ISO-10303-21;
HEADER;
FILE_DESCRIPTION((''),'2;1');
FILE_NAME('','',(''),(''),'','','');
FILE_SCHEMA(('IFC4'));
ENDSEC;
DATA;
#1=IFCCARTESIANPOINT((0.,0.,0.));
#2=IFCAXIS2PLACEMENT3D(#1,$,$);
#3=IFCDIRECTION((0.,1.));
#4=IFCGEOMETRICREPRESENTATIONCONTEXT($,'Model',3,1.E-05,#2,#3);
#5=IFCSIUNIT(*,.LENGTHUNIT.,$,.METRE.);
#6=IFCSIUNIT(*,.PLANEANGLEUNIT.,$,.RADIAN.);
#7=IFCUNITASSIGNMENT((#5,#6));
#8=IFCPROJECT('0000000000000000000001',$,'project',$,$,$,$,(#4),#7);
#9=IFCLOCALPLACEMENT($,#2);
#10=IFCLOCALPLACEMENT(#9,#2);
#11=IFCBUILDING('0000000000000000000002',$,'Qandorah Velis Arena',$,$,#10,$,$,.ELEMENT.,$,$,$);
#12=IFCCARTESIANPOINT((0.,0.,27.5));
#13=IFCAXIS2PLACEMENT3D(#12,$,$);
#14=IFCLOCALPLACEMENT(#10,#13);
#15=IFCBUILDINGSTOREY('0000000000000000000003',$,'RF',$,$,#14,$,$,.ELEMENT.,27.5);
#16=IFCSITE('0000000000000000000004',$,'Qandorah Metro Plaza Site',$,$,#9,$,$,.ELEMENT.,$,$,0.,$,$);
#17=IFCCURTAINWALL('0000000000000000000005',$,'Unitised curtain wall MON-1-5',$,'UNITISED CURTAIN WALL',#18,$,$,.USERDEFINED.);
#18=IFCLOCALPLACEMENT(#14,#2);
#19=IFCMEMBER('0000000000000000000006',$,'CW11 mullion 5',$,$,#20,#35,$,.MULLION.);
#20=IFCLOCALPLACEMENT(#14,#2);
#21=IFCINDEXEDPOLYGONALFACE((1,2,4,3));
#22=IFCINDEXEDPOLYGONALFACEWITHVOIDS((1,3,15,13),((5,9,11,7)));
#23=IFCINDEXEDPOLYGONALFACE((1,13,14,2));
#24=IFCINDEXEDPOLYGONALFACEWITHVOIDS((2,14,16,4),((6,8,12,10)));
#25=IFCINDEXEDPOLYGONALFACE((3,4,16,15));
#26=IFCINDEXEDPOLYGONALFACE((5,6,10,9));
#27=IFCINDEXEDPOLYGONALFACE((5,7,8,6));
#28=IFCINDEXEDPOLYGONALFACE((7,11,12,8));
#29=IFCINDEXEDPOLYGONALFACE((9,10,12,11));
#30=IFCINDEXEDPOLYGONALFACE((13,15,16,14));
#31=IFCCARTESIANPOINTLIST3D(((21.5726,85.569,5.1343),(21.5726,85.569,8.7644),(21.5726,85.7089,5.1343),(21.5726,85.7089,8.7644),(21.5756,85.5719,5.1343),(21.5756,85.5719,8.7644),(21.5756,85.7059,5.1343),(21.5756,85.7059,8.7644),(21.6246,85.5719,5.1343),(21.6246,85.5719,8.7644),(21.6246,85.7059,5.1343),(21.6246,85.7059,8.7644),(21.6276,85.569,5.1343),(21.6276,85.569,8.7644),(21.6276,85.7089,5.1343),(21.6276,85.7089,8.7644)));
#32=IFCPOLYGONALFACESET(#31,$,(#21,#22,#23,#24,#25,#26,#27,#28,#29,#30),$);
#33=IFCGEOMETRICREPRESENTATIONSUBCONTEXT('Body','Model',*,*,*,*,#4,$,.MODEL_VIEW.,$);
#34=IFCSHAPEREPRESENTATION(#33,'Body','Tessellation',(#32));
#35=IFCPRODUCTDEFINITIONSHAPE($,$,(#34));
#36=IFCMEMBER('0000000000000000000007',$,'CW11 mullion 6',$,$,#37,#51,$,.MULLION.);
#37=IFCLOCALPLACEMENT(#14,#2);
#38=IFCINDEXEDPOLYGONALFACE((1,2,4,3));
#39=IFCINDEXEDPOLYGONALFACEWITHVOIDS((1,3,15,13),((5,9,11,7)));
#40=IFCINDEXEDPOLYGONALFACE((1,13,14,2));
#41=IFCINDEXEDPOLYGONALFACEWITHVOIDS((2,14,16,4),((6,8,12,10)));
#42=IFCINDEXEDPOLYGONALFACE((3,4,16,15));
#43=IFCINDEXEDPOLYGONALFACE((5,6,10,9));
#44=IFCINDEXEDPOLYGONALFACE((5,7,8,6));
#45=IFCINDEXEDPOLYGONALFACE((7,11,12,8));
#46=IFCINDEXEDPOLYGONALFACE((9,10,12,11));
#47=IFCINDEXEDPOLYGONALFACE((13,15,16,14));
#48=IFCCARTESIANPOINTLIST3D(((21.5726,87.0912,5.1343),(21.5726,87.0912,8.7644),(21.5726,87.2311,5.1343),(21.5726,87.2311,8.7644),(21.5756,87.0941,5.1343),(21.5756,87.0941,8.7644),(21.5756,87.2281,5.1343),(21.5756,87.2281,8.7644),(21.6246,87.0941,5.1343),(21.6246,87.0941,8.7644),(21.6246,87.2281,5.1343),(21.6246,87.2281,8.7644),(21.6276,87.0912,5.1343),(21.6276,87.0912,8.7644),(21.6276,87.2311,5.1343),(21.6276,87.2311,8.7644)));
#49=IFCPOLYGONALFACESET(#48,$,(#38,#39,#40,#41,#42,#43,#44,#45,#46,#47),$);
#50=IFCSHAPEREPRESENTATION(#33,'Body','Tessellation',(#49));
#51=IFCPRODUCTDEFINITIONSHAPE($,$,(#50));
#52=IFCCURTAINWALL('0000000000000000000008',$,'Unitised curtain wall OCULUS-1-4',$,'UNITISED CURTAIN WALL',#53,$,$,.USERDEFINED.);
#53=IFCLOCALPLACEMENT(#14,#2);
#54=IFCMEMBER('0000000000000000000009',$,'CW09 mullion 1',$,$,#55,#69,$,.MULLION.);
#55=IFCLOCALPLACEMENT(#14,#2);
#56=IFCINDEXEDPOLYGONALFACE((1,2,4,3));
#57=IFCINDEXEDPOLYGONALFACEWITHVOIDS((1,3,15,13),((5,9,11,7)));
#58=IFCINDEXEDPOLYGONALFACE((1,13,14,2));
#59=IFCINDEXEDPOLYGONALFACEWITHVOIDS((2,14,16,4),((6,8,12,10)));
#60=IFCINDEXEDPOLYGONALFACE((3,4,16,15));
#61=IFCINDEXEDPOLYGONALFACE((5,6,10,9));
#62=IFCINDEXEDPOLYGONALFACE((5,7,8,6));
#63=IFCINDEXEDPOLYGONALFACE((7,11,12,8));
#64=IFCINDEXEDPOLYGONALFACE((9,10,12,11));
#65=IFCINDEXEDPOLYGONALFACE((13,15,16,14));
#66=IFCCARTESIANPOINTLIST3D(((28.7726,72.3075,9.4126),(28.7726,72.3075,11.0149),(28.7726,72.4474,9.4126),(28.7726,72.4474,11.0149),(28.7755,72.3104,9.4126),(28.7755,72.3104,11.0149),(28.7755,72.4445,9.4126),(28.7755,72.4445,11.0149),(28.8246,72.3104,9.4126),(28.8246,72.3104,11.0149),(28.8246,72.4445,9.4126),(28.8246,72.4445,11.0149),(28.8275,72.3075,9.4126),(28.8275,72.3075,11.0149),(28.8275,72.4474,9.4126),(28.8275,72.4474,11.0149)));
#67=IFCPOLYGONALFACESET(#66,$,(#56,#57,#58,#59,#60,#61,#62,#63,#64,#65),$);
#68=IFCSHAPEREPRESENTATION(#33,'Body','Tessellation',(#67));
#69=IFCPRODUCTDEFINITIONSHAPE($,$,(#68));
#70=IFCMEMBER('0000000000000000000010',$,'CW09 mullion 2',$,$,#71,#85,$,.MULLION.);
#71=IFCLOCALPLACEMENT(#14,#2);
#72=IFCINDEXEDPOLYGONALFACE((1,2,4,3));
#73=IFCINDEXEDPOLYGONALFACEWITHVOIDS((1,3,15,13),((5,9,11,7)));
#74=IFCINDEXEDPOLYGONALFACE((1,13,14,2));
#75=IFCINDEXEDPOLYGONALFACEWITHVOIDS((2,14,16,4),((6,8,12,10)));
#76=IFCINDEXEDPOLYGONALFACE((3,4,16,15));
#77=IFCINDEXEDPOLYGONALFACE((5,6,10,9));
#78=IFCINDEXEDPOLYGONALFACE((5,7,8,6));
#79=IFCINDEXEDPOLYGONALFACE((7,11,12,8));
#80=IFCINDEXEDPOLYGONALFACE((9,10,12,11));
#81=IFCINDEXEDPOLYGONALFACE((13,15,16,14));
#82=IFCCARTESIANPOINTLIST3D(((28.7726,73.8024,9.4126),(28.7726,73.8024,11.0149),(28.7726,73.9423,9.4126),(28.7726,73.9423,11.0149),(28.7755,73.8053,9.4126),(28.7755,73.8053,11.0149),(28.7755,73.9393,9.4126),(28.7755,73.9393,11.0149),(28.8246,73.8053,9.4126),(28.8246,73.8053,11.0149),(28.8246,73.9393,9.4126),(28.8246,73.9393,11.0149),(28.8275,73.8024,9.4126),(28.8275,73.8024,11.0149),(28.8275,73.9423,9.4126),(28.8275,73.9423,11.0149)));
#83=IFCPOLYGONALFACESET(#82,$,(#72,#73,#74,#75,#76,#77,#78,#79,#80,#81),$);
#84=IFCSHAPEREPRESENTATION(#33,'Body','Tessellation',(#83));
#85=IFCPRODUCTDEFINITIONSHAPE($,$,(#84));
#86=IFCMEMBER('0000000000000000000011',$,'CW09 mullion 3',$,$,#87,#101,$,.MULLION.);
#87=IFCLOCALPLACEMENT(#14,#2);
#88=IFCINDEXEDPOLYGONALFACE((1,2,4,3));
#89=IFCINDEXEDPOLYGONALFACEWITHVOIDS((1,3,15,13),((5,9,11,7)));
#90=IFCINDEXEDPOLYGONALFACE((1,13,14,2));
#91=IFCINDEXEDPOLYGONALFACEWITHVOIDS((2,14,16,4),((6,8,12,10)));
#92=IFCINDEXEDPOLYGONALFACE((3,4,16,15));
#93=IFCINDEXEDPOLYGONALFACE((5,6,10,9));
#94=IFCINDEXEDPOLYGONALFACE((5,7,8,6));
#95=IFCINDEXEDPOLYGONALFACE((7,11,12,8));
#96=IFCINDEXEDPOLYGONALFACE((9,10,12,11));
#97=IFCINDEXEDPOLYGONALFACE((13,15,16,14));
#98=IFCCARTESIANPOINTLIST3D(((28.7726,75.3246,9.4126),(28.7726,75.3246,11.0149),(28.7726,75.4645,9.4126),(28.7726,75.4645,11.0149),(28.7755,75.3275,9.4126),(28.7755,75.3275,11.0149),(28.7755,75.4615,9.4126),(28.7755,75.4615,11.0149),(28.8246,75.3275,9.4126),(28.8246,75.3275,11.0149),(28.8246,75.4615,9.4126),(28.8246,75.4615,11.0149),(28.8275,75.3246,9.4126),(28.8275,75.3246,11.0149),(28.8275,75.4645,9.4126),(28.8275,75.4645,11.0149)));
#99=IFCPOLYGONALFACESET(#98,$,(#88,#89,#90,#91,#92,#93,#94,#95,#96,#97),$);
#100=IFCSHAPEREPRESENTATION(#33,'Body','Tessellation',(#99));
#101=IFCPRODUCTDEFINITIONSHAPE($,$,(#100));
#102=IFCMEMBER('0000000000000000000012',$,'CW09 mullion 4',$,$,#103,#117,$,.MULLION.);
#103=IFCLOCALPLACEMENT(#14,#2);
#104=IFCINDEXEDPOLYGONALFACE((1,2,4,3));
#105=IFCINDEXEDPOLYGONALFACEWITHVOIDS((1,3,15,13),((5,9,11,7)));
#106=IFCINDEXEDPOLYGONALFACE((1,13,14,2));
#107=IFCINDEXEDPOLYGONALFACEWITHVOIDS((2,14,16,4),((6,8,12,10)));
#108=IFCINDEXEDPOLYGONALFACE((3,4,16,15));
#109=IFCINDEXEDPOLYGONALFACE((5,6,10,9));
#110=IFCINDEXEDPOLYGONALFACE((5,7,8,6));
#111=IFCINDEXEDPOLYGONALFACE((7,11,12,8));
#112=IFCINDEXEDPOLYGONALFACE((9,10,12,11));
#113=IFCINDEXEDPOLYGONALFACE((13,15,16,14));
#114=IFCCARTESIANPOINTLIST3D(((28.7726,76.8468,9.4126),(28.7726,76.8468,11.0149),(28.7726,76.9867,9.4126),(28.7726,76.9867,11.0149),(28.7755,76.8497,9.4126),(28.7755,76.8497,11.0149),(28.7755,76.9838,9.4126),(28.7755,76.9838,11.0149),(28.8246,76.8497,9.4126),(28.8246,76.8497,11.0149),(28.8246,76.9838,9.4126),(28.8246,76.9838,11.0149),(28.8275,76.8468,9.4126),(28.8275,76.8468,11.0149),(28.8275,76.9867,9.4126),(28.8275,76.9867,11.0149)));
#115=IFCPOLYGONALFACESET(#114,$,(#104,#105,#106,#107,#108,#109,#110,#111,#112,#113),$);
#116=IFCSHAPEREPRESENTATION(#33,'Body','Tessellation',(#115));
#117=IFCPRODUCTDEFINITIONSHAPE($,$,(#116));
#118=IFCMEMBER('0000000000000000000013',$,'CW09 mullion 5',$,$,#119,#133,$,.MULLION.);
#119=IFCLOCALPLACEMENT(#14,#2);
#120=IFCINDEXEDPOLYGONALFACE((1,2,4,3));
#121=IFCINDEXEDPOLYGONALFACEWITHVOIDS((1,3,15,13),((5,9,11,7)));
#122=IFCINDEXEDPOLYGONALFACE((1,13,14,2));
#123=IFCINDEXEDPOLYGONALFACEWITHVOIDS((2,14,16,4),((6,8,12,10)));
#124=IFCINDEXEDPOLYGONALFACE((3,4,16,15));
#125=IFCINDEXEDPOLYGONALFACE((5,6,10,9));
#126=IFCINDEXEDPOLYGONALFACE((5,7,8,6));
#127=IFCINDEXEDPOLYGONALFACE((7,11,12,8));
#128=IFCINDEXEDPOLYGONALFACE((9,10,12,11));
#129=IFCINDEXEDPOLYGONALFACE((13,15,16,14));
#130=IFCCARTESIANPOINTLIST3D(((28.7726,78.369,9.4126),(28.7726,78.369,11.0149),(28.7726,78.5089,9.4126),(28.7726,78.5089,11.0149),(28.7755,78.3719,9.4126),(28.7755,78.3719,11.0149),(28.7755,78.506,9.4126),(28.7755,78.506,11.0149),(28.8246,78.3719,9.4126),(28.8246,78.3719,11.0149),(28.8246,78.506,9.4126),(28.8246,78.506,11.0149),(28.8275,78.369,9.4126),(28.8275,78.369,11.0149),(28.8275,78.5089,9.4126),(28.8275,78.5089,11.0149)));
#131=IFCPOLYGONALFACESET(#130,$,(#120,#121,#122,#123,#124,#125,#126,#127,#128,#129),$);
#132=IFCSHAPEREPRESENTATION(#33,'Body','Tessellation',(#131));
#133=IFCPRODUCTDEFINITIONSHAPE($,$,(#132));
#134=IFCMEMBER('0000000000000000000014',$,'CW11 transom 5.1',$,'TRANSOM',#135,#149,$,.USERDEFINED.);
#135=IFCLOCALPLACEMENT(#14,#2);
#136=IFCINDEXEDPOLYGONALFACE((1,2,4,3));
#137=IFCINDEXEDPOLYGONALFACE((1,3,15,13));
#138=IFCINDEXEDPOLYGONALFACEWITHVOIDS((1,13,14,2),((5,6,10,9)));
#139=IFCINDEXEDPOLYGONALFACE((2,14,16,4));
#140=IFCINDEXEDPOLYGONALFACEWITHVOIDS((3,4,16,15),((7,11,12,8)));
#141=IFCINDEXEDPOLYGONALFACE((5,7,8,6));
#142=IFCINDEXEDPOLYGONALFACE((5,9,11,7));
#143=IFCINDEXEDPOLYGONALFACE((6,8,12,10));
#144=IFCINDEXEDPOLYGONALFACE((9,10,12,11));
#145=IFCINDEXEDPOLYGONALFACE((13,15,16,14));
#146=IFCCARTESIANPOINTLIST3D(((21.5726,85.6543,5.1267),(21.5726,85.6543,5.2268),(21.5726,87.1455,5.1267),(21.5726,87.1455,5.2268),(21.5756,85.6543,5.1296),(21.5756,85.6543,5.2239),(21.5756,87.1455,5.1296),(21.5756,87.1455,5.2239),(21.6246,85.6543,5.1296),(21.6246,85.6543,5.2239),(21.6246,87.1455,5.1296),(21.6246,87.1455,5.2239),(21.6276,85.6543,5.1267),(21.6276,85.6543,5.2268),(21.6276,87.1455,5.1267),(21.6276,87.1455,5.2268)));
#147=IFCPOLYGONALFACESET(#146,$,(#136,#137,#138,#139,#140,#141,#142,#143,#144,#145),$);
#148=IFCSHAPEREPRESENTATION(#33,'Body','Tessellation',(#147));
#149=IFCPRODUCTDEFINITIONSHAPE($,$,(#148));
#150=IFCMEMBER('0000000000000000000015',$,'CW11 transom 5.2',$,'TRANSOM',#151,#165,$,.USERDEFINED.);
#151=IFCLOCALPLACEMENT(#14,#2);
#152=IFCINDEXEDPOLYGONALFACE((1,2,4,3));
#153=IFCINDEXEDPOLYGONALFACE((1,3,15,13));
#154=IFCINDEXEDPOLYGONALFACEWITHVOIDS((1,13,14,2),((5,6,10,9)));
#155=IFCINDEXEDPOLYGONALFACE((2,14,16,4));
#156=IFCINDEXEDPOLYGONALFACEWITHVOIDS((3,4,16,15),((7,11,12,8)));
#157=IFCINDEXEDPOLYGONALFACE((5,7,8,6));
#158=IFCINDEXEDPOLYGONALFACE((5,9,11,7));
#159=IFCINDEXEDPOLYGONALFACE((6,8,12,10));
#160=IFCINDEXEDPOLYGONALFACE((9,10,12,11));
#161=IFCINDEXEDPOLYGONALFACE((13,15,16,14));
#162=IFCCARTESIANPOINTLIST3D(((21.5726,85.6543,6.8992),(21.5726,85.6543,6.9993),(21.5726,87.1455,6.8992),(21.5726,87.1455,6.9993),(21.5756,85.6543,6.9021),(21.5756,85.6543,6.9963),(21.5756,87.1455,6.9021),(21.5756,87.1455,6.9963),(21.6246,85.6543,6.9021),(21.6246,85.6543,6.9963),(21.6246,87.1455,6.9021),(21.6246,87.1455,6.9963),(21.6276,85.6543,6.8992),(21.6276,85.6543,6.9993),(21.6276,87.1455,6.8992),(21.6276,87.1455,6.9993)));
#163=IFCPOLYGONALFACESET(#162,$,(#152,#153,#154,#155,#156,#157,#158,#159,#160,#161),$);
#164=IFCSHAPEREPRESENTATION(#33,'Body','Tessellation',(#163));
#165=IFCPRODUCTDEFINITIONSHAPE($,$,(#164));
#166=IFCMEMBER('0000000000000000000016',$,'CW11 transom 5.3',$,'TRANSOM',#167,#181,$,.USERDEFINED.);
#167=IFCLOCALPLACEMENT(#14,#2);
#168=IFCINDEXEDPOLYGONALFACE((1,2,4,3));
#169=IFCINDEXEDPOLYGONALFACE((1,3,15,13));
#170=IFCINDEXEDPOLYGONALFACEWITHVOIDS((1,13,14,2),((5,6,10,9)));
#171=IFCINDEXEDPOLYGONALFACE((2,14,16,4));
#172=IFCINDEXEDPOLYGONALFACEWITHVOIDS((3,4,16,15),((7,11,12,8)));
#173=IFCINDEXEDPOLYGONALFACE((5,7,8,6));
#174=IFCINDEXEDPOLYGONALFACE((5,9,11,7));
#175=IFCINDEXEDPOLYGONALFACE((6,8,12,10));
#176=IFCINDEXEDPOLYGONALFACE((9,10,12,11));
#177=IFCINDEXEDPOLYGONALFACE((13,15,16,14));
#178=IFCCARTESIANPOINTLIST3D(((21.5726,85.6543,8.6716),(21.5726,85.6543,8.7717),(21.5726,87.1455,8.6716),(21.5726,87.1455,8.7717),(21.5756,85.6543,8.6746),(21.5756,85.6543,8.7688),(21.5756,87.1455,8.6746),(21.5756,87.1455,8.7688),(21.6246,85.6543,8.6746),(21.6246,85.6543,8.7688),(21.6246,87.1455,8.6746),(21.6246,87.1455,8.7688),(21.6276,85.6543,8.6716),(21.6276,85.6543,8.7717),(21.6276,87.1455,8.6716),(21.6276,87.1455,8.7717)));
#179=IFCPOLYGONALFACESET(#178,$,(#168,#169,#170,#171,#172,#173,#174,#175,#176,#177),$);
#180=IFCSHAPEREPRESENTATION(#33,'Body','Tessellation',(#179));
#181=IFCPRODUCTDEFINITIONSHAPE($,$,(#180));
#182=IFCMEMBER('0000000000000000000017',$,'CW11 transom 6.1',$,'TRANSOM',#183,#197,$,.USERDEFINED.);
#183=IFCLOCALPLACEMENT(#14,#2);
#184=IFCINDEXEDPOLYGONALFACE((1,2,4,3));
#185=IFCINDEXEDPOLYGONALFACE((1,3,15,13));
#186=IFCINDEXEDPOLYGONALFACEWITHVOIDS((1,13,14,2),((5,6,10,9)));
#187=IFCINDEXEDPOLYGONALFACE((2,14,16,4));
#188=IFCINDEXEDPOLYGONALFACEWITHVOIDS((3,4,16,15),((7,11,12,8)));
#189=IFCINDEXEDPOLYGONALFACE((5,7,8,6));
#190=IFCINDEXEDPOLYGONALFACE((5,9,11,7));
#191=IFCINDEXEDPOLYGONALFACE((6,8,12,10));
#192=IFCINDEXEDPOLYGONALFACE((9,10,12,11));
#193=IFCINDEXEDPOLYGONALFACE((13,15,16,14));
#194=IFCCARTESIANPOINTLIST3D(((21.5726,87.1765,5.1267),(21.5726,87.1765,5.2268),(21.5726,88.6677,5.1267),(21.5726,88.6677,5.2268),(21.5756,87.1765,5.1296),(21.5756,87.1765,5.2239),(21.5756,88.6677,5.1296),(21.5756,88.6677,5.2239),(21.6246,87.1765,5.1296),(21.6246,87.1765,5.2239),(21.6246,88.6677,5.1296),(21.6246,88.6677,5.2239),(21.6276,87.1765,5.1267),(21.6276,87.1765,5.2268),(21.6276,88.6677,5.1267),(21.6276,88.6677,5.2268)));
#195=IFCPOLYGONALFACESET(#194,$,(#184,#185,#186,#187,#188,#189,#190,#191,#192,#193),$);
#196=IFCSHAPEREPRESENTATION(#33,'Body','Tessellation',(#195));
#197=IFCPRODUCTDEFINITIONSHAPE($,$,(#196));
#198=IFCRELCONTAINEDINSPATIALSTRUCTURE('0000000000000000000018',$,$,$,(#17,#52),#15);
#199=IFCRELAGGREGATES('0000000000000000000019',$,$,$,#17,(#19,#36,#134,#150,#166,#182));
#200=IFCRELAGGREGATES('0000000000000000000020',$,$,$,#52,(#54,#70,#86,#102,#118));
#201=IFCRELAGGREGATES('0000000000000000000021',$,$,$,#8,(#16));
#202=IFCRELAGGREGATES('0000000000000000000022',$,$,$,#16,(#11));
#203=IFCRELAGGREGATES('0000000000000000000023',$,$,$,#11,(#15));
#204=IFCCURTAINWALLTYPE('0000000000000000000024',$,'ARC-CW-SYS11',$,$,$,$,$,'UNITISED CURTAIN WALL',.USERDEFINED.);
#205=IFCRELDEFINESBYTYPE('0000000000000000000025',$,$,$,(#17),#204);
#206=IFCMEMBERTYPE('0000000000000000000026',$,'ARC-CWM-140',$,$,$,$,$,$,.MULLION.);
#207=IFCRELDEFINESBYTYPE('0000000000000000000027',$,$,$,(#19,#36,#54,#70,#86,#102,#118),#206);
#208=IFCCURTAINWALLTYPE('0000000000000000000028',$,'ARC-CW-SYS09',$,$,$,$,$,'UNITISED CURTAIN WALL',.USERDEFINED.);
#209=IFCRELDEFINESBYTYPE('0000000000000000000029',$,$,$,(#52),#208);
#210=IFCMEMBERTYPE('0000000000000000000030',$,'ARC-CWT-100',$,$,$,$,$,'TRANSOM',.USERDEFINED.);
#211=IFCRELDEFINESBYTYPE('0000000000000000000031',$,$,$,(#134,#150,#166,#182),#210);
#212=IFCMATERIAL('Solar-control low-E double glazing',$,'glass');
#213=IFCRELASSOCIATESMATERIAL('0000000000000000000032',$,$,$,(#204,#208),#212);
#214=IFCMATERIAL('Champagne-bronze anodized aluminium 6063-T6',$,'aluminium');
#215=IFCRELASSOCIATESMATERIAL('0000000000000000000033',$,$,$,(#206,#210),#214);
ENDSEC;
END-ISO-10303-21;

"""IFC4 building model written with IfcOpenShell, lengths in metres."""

from ifc_helpers import new_model, si_unit, direction, frame, origin, origin_2d, place, context, subcontext, project, spatial, hollow_rectangle, extrude, material, material_profile, profile_set, type_object, element, aggregate, save


model = new_model("IFC4")

# Units and contexts
model_context = context("Model", 3, precision=1e-05, world=origin(), true_north=direction((0.0, 1.0)))
body_context = subcontext(model_context, "Body", "Model", "MODEL_VIEW")
ifc_project = project(units=[si_unit("LENGTHUNIT", "METRE"), si_unit("PLANEANGLEUNIT", "RADIAN")], contexts=[model_context])

# Site, building, storey
site_placement = place(None, origin())
site = spatial("IfcSite", under=ifc_project, at=site_placement, Name="Qandorah Metro Plaza Site", CompositionType="ELEMENT", RefElevation=0.0)
building_placement = place(site_placement, origin())
building = spatial("IfcBuilding", under=site, at=building_placement, Name="Qandorah Velis Arena", CompositionType="ELEMENT")
storey_placement = place(building_placement, frame((0.0, 0.0, 27.5)))
storey = spatial("IfcBuildingStorey", under=building, at=storey_placement, Name="RF", CompositionType="ELEMENT", Elevation=27.5)

# Curtain walls, members
ifc_material_1 = material(Name="Solar-control low-E double glazing", Category="glass")
curtain_wall_type_1 = type_object("IfcCurtainWallType", Name="ARC-CW-SYS11", ElementType="UNITISED CURTAIN WALL", PredefinedType="USERDEFINED", material=ifc_material_1)
curtain_wall_1_placement = place(storey_placement, origin())
curtain_wall_1 = element("IfcCurtainWall", 1, at=curtain_wall_1_placement, inside=storey, type_object=curtain_wall_type_1, Name="Unitised curtain wall MON-1-5", ObjectType="UNITISED CURTAIN WALL", PredefinedType="USERDEFINED")
ifc_material_2 = material(Name="Champagne-bronze anodized aluminium 6063-T6", Category="aluminium")
ifc_material_profile_1 = material_profile(ifc_material_2, hollow_rectangle(XDim=0.0549, YDim=0.1399, WallThickness=0.0029, at=origin_2d()), Name="ALU MULLION 55x140")
ifc_profile_set_1 = profile_set([ifc_material_profile_1], Name="Champagne-bronze anodized aluminium 6063-T6")
member_type_1 = type_object("IfcMemberType", Name="ARC-CWM-140", PredefinedType="MULLION", material=ifc_profile_set_1)
member_1_placement = place(storey_placement, frame((21.6001, 85.6389, 5.1343), z_axis=(0.0, 0.0, 1.0), x_axis=(-1.0, 0.0, 0.0)))
member_1 = element("IfcMember", 2, at=member_1_placement, type_object=member_type_1, Name="CW11 mullion 5", PredefinedType="MULLION", context=body_context, shape_type="SweptSolid", body=[
    extrude(hollow_rectangle(XDim=0.0549, YDim=0.1399, WallThickness=0.0029, at=origin_2d()), origin(), (0.0, 0.0, 1.0), 3.6301),
])
member_2_placement = place(storey_placement, frame((21.6001, 87.1611, 5.1343), z_axis=(0.0, 0.0, 1.0), x_axis=(-1.0, 0.0, 0.0)))
member_2 = element("IfcMember", 3, at=member_2_placement, type_object=member_type_1, Name="CW11 mullion 6", PredefinedType="MULLION", context=body_context, shape_type="SweptSolid", body=[
    extrude(hollow_rectangle(XDim=0.0549, YDim=0.1399, WallThickness=0.0029, at=origin_2d()), origin(), (0.0, 0.0, 1.0), 3.6301),
])
curtain_wall_type_2 = type_object("IfcCurtainWallType", Name="ARC-CW-SYS09", ElementType="UNITISED CURTAIN WALL", PredefinedType="USERDEFINED", material=ifc_material_1)
curtain_wall_2_placement = place(storey_placement, origin())
curtain_wall_2 = element("IfcCurtainWall", 4, at=curtain_wall_2_placement, inside=storey, type_object=curtain_wall_type_2, Name="Unitised curtain wall OCULUS-1-4", ObjectType="UNITISED CURTAIN WALL", PredefinedType="USERDEFINED")
member_3_placement = place(storey_placement, frame((28.8, 72.3774, 9.4126), z_axis=(0.0, 0.0, 1.0), x_axis=(-1.0, 0.0, 0.0)))
member_3 = element("IfcMember", 5, at=member_3_placement, type_object=member_type_1, Name="CW09 mullion 1", PredefinedType="MULLION", context=body_context, shape_type="SweptSolid", body=[
    extrude(hollow_rectangle(XDim=0.0549, YDim=0.1399, WallThickness=0.0029, at=origin_2d()), origin(), (0.0, 0.0, 1.0), 1.6023),
])
member_4_placement = place(storey_placement, frame((28.8, 73.8723, 9.4126), z_axis=(0.0, 0.0, 1.0), x_axis=(-1.0, 0.0, 0.0)))
member_4 = element("IfcMember", 6, at=member_4_placement, type_object=member_type_1, Name="CW09 mullion 2", PredefinedType="MULLION", context=body_context, shape_type="SweptSolid", body=[
    extrude(hollow_rectangle(XDim=0.0549, YDim=0.1399, WallThickness=0.0029, at=origin_2d()), origin(), (0.0, 0.0, 1.0), 1.6023),
])
member_5_placement = place(storey_placement, frame((28.8, 75.3945, 9.4126), z_axis=(0.0, 0.0, 1.0), x_axis=(-1.0, 0.0, 0.0)))
member_5 = element("IfcMember", 7, at=member_5_placement, type_object=member_type_1, Name="CW09 mullion 3", PredefinedType="MULLION", context=body_context, shape_type="SweptSolid", body=[
    extrude(hollow_rectangle(XDim=0.0549, YDim=0.1399, WallThickness=0.0029, at=origin_2d()), origin(), (0.0, 0.0, 1.0), 1.6023),
])
member_6_placement = place(storey_placement, frame((28.8, 76.9167, 9.4126), z_axis=(0.0, 0.0, 1.0), x_axis=(-1.0, 0.0, 0.0)))
member_6 = element("IfcMember", 8, at=member_6_placement, type_object=member_type_1, Name="CW09 mullion 4", PredefinedType="MULLION", context=body_context, shape_type="SweptSolid", body=[
    extrude(hollow_rectangle(XDim=0.0549, YDim=0.1399, WallThickness=0.0029, at=origin_2d()), origin(), (0.0, 0.0, 1.0), 1.6023),
])
member_7_placement = place(storey_placement, frame((28.8, 78.439, 9.4126), z_axis=(0.0, 0.0, 1.0), x_axis=(-1.0, 0.0, 0.0)))
member_7 = element("IfcMember", 9, at=member_7_placement, type_object=member_type_1, Name="CW09 mullion 5", PredefinedType="MULLION", context=body_context, shape_type="SweptSolid", body=[
    extrude(hollow_rectangle(XDim=0.0549, YDim=0.1399, WallThickness=0.0029, at=origin_2d()), origin(), (0.0, 0.0, 1.0), 1.6023),
])

# Members
ifc_material_profile_2 = material_profile(ifc_material_2, hollow_rectangle(XDim=0.0549, YDim=0.1001, WallThickness=0.0029, at=origin_2d()), Name="ALU TRANSOM 55x100")
ifc_profile_set_2 = profile_set([ifc_material_profile_2], Name="Champagne-bronze anodized aluminium 6063-T6")
member_type_2 = type_object("IfcMemberType", Name="ARC-CWT-100", ElementType="TRANSOM", PredefinedType="USERDEFINED", material=ifc_profile_set_2)
member_8_placement = place(storey_placement, frame((21.6001, 85.6543, 5.1768), z_axis=(0.0, 1.0, 0.0), x_axis=(-1.0, 0.0, 0.0)))
member_8 = element("IfcMember", 10, at=member_8_placement, type_object=member_type_2, Name="CW11 transom 5.1", ObjectType="TRANSOM", PredefinedType="USERDEFINED", context=body_context, shape_type="SweptSolid", body=[
    extrude(hollow_rectangle(XDim=0.0549, YDim=0.1001, WallThickness=0.0029, at=origin_2d()), origin(), (0.0, 0.0, 1.0), 1.4912),
])
member_9_placement = place(storey_placement, frame((21.6001, 85.6543, 6.9492), z_axis=(0.0, 1.0, 0.0), x_axis=(-1.0, 0.0, 0.0)))
member_9 = element("IfcMember", 11, at=member_9_placement, type_object=member_type_2, Name="CW11 transom 5.2", ObjectType="TRANSOM", PredefinedType="USERDEFINED", context=body_context, shape_type="SweptSolid", body=[
    extrude(hollow_rectangle(XDim=0.0549, YDim=0.1001, WallThickness=0.0029, at=origin_2d()), origin(), (0.0, 0.0, 1.0), 1.4912),
])
member_10_placement = place(storey_placement, frame((21.6001, 85.6543, 8.7217), z_axis=(0.0, 1.0, 0.0), x_axis=(-1.0, 0.0, 0.0)))
member_10 = element("IfcMember", 12, at=member_10_placement, type_object=member_type_2, Name="CW11 transom 5.3", ObjectType="TRANSOM", PredefinedType="USERDEFINED", context=body_context, shape_type="SweptSolid", body=[
    extrude(hollow_rectangle(XDim=0.0549, YDim=0.1001, WallThickness=0.0029, at=origin_2d()), origin(), (0.0, 0.0, 1.0), 1.4912),
])
member_11_placement = place(storey_placement, frame((21.6001, 87.1765, 5.1768), z_axis=(0.0, 1.0, 0.0), x_axis=(-1.0, 0.0, 0.0)))
member_11 = element("IfcMember", 13, at=member_11_placement, type_object=member_type_2, Name="CW11 transom 6.1", ObjectType="TRANSOM", PredefinedType="USERDEFINED", context=body_context, shape_type="SweptSolid", body=[
    extrude(hollow_rectangle(XDim=0.0549, YDim=0.1001, WallThickness=0.0029, at=origin_2d()), origin(), (0.0, 0.0, 1.0), 1.4912),
])

aggregate(curtain_wall_1, [member_1, member_2, member_8, member_9, member_10, member_11])
aggregate(curtain_wall_2, [member_3, member_4, member_5, member_6, member_7])

save(model, "model.ifc")
